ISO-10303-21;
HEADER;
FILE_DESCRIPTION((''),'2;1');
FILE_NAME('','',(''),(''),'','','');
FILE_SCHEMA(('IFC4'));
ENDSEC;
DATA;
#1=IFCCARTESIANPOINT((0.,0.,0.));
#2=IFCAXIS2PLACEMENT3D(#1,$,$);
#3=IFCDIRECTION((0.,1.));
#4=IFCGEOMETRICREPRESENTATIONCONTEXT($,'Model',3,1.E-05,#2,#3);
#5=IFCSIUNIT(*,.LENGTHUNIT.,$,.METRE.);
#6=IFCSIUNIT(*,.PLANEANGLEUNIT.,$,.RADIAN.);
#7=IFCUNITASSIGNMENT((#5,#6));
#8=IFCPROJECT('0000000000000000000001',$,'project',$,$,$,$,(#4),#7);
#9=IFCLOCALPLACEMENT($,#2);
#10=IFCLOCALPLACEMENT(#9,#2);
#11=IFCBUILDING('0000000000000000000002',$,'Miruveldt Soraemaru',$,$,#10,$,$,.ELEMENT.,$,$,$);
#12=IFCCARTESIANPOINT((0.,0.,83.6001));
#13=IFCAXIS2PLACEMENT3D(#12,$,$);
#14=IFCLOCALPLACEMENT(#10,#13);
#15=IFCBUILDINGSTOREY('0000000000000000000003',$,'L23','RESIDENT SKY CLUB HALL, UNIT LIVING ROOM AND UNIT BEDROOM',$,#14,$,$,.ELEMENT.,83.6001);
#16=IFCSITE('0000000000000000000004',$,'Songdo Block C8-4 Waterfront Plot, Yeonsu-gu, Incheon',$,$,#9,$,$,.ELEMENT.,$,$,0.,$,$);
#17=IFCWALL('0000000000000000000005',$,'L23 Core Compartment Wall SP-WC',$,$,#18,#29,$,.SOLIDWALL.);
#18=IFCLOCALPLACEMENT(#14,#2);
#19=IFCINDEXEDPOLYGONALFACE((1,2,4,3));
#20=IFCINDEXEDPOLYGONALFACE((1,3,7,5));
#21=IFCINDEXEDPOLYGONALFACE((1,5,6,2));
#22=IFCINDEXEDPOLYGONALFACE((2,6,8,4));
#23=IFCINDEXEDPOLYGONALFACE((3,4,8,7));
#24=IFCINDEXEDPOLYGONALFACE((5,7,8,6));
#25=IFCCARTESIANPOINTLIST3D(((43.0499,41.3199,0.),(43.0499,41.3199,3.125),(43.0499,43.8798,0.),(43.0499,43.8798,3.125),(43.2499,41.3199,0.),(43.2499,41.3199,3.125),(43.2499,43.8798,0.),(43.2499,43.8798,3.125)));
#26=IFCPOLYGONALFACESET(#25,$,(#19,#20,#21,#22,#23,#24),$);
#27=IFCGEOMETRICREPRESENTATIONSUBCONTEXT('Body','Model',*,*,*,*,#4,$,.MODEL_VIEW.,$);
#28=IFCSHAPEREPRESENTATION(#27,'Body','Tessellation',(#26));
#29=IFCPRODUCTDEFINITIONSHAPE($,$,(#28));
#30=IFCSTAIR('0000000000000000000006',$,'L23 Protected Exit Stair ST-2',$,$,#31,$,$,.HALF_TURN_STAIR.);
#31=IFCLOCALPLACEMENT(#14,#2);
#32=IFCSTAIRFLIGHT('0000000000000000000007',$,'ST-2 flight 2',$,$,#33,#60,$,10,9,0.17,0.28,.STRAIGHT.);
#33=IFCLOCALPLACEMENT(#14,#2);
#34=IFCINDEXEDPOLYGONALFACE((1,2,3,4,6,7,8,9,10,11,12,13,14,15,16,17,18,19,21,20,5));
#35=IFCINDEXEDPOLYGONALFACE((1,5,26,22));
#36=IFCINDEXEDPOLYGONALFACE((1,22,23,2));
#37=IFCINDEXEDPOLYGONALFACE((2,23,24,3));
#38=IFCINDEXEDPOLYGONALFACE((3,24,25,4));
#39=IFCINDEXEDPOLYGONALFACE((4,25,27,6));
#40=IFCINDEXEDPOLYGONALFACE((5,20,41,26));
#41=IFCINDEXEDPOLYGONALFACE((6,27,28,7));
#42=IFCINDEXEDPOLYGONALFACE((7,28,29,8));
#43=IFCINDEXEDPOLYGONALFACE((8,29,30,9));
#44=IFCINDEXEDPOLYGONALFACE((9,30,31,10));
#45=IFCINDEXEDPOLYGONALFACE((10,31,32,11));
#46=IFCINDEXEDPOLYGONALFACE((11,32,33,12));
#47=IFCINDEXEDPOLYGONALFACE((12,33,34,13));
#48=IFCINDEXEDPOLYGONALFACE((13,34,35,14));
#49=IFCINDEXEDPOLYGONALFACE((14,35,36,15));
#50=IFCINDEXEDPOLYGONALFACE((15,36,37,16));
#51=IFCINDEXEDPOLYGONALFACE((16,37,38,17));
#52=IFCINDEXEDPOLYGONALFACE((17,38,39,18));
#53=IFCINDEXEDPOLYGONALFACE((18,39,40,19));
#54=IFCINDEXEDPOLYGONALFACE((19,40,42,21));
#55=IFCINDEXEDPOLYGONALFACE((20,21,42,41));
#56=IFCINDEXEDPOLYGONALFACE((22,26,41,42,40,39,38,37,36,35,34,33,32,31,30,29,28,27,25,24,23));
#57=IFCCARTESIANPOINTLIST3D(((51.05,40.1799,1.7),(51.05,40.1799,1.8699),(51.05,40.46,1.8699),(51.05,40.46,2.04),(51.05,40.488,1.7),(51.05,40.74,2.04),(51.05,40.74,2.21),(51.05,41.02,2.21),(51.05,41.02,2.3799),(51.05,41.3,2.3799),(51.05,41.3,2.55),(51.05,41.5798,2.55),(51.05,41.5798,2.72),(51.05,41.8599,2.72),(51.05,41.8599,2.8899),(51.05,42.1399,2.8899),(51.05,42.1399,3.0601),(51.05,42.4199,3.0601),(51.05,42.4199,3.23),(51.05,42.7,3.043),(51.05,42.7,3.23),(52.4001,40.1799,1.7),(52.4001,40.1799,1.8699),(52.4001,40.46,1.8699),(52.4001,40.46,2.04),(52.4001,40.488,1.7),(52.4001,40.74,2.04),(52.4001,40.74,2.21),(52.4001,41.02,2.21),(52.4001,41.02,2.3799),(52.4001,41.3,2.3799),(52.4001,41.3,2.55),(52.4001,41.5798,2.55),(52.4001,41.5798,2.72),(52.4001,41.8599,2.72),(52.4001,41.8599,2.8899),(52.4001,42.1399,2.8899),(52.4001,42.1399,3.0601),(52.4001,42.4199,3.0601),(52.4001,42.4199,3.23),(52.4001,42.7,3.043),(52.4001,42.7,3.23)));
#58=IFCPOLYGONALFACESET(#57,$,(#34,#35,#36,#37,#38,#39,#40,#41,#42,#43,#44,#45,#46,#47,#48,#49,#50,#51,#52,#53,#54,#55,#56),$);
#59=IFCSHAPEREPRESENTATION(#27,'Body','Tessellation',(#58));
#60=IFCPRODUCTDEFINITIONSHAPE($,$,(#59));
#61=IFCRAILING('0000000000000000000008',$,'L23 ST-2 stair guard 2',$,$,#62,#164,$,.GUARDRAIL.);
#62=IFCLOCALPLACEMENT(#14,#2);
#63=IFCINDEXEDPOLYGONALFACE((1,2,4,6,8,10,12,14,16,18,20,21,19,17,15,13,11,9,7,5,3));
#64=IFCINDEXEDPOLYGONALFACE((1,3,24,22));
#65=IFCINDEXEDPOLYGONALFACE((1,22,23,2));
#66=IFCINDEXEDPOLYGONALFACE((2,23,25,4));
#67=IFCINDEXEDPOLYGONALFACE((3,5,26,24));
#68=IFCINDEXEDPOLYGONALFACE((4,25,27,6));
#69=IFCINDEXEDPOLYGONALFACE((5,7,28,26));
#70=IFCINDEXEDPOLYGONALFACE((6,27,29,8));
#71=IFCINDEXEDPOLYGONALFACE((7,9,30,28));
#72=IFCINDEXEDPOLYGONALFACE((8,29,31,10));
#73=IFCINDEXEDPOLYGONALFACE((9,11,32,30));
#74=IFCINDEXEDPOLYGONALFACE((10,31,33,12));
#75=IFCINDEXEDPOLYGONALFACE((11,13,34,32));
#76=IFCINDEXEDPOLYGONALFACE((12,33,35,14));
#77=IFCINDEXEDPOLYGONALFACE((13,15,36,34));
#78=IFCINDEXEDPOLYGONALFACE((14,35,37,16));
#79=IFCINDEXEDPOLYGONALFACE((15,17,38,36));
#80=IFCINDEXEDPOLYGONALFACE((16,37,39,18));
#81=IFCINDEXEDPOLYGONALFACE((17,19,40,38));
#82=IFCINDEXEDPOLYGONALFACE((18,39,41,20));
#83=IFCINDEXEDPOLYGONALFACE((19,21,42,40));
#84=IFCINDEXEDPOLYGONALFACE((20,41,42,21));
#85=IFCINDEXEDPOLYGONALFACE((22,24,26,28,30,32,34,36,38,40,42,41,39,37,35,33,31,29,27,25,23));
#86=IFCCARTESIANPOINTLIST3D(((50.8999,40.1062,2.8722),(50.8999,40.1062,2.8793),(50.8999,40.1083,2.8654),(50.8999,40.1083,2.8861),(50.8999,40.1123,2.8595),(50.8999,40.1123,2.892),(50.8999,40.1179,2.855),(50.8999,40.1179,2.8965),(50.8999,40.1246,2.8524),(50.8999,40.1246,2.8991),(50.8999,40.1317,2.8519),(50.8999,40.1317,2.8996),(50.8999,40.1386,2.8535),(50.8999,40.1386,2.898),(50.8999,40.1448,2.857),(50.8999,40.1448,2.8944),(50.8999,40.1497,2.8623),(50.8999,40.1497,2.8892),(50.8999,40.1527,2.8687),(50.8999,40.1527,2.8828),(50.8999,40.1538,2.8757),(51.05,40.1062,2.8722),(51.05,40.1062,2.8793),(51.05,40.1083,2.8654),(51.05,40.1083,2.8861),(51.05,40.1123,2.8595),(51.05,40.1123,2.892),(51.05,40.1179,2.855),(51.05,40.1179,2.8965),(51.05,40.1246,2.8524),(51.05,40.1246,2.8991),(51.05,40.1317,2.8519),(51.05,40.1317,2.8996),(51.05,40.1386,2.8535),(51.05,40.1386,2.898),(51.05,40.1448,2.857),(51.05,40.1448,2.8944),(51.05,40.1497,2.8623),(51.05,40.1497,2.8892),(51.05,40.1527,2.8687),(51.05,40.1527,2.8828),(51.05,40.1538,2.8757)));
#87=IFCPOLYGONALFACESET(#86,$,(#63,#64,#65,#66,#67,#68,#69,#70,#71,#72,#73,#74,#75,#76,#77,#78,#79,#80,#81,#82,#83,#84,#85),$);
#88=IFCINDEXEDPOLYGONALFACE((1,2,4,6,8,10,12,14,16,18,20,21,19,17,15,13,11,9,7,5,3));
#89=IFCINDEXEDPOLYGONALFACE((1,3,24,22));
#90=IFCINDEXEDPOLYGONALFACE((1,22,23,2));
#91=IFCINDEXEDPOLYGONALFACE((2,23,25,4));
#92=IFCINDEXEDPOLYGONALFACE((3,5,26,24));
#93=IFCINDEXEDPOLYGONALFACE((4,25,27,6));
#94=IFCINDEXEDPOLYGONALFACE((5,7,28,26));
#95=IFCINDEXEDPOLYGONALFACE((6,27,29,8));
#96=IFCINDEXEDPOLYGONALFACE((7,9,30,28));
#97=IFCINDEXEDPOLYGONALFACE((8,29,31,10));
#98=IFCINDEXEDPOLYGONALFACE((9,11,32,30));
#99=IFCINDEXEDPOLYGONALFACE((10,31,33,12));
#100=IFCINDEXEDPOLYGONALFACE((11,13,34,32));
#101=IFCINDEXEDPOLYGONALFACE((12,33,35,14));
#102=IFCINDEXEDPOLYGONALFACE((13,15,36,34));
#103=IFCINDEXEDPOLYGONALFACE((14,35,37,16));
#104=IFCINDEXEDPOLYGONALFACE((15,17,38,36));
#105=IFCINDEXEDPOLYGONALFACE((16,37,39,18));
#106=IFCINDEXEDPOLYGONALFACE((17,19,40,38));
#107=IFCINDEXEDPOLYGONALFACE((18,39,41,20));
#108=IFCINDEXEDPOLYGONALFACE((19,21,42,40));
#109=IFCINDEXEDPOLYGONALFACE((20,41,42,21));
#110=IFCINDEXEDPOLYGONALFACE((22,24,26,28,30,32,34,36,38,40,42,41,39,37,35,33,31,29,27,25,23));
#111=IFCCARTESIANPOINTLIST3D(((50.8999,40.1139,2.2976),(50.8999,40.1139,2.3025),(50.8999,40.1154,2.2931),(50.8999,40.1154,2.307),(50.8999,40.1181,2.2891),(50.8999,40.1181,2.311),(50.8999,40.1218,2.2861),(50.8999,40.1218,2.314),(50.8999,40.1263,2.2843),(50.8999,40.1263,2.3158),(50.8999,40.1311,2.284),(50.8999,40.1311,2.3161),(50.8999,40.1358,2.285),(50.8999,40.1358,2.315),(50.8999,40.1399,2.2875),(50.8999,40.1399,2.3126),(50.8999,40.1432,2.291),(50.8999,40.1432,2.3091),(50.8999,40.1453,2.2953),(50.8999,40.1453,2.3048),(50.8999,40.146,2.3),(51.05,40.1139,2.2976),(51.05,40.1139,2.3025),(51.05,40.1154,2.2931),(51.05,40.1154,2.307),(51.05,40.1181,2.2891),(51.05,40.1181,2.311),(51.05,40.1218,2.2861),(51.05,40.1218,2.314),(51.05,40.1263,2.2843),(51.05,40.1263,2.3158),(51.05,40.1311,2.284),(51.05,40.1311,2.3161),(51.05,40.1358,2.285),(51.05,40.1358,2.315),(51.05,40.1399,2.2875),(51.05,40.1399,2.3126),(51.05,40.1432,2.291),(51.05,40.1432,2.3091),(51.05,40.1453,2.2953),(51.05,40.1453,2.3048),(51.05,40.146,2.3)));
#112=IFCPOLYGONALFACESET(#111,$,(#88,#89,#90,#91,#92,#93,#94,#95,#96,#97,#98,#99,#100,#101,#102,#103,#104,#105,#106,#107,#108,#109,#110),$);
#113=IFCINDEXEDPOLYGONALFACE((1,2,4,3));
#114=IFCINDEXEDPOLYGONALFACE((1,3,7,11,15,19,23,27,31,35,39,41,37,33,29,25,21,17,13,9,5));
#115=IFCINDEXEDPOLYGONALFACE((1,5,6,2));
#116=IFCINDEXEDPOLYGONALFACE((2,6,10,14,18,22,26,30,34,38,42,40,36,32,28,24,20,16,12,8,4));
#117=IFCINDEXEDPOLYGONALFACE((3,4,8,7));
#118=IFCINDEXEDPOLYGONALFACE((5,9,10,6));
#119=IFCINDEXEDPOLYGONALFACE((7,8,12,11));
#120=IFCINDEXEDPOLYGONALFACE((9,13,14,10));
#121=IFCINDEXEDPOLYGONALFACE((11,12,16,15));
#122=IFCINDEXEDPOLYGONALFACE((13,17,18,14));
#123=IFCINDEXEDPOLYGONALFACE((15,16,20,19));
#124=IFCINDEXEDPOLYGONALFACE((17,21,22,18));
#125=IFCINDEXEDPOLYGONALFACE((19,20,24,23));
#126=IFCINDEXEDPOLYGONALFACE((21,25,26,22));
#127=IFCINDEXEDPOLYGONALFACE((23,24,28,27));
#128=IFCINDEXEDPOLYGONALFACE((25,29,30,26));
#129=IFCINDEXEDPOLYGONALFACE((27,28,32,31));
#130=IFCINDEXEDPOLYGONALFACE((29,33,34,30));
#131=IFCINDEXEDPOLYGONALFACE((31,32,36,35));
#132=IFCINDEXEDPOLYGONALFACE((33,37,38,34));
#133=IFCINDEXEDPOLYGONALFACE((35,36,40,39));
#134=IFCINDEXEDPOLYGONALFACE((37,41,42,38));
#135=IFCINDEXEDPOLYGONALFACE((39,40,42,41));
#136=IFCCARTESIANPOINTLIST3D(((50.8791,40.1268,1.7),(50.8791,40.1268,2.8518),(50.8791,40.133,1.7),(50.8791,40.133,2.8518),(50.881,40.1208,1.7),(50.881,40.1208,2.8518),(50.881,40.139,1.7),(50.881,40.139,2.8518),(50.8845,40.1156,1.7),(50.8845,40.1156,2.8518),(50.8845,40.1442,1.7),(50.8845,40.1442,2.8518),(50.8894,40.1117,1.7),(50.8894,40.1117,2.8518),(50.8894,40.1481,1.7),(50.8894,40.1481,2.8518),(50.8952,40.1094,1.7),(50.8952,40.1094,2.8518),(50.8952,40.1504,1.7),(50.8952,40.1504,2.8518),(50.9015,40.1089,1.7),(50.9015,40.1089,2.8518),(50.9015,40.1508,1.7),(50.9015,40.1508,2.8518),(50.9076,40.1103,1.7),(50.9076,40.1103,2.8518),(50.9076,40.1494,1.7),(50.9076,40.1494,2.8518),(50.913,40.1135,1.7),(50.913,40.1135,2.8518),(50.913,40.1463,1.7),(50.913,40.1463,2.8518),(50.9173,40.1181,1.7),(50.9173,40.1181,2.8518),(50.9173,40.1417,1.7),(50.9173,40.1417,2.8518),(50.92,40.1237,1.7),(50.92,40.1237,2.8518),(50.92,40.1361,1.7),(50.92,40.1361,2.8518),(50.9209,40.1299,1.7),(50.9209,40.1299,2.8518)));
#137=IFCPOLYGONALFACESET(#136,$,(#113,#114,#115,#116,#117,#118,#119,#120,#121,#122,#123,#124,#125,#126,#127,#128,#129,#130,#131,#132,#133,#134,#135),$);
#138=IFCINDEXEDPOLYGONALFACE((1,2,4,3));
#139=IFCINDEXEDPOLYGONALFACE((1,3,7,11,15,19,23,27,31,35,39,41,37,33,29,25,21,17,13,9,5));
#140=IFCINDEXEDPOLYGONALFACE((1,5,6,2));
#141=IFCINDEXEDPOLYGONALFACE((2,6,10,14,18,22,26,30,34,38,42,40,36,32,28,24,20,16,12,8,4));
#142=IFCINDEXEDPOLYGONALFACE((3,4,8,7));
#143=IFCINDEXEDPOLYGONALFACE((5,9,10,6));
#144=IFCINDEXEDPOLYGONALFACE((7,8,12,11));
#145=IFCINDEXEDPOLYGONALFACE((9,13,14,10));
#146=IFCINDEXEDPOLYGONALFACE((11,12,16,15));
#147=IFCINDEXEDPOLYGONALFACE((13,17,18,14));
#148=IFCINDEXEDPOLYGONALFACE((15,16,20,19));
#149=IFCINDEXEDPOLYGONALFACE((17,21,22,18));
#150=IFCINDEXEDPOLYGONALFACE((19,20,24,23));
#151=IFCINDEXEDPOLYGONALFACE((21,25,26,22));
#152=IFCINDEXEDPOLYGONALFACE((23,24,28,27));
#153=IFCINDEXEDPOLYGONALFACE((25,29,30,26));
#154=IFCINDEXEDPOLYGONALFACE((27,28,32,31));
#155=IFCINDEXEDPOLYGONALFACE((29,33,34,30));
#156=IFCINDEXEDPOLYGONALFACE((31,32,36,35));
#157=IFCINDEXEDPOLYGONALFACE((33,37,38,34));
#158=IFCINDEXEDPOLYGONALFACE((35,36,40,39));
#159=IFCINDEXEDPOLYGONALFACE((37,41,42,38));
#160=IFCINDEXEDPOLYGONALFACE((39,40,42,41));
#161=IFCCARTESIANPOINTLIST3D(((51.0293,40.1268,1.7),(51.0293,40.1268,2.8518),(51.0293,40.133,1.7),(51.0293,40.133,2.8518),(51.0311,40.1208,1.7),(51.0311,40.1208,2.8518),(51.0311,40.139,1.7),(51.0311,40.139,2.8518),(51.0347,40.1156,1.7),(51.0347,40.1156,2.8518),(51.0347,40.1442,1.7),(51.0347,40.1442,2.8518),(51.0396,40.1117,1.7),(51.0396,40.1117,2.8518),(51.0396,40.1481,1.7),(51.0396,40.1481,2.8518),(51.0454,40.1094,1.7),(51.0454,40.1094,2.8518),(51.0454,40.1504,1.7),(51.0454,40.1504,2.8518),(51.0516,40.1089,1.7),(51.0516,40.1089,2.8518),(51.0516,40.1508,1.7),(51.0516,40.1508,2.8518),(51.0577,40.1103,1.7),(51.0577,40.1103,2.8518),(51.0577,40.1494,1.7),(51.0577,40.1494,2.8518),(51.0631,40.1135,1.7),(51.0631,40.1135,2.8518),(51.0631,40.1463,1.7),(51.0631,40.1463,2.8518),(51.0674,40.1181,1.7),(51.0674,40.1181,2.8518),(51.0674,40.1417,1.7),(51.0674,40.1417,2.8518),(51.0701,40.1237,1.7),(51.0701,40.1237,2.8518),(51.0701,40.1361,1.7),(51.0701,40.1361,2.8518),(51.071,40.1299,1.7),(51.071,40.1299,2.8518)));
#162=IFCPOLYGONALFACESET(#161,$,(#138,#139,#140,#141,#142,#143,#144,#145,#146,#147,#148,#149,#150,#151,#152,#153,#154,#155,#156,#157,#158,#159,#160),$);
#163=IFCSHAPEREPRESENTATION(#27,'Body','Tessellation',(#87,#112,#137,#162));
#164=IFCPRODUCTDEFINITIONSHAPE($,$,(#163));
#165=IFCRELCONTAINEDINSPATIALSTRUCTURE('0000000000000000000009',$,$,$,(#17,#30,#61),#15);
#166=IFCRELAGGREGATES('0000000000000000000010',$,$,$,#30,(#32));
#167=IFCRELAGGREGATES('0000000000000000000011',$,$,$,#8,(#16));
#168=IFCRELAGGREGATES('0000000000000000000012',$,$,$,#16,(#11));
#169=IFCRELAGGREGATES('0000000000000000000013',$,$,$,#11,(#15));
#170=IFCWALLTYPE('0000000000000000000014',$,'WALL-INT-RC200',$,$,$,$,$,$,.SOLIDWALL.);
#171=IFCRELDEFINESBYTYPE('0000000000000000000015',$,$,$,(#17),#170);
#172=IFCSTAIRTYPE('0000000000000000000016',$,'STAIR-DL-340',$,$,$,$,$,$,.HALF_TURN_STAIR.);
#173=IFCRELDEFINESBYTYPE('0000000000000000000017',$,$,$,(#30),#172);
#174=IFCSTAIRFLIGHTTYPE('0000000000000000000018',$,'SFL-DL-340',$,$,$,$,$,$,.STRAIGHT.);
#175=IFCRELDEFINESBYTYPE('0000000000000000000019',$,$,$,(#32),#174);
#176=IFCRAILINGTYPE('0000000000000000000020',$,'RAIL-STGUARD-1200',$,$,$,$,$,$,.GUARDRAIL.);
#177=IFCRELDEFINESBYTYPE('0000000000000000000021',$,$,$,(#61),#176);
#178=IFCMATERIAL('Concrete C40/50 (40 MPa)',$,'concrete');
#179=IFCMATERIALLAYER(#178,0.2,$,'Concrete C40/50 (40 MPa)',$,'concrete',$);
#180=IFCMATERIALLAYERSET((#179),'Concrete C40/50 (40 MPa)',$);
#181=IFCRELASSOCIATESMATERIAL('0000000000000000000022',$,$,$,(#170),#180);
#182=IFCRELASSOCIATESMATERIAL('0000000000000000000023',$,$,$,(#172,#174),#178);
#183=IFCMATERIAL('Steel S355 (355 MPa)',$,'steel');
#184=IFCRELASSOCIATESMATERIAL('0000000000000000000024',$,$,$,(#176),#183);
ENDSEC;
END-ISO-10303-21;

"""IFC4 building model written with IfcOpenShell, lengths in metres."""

from ifc_helpers import new_model, si_unit, direction, frame, frame_2d, origin, origin_2d, place, context, subcontext, project, spatial, polyline, rectangle, circle, outline, extrude, material, layer, layer_set, type_object, element, aggregate, save


model = new_model("IFC4")

# Units and contexts
model_context = context("Model", 3, precision=1e-05, world=origin(), true_north=direction((0.0, 1.0)))
body_context = subcontext(model_context, "Body", "Model", "MODEL_VIEW")
ifc_project = project(units=[si_unit("LENGTHUNIT", "METRE"), si_unit("PLANEANGLEUNIT", "RADIAN")], contexts=[model_context])

# Site, building, storey
site_placement = place(None, origin())
site = spatial("IfcSite", under=ifc_project, at=site_placement, Name="Songdo Block C8-4 Waterfront Plot, Yeonsu-gu, Incheon", CompositionType="ELEMENT", RefElevation=0.0)
building_placement = place(site_placement, origin())
building = spatial("IfcBuilding", under=site, at=building_placement, Name="Miruveldt Soraemaru", CompositionType="ELEMENT")
storey_placement = place(building_placement, frame((0.0, 0.0, 83.6001)))
storey = spatial("IfcBuildingStorey", under=building, at=storey_placement, Name="L23", Description="RESIDENT SKY CLUB HALL, UNIT LIVING ROOM AND UNIT BEDROOM", CompositionType="ELEMENT", Elevation=83.6001)

# Shared definitions
ifc_material_1 = material(Name="Concrete C40/50 (40 MPa)", Category="concrete")

# Shared definitions
ifc_layer_1 = layer(ifc_material_1, 0.2, Name="Concrete C40/50 (40 MPa)", Category="concrete")
ifc_layer_set_1 = layer_set([ifc_layer_1], Name="Concrete C40/50 (40 MPa)")
wall_type_1 = type_object("IfcWallType", Name="WALL-INT-RC200", PredefinedType="SOLIDWALL", material=ifc_layer_set_1)

# Wall
wall_1_placement = place(storey_placement, frame((43.1499, 41.3201, 0.0), z_axis=(0.0, 0.0, 1.0), x_axis=(0.0, 1.0, 0.0)))
element("IfcWall", 1, at=wall_1_placement, inside=storey, type_object=wall_type_1, Name="L23 Core Compartment Wall SP-WC", PredefinedType="SOLIDWALL", context=body_context, shape_type="SweptSolid", body=[
    extrude(rectangle(XDim=2.5598, YDim=0.2, at=frame_2d((1.2798, 0.0))), origin(), (0.0, 0.0, 1.0), 3.125),
])

# Stair, stair flight
stair_type = type_object("IfcStairType", Name="STAIR-DL-340", PredefinedType="HALF_TURN_STAIR", material=ifc_material_1)
stair_placement = place(storey_placement, origin())
stair = element("IfcStair", 2, at=stair_placement, inside=storey, type_object=stair_type, Name="L23 Protected Exit Stair ST-2", PredefinedType="HALF_TURN_STAIR")
stair_flight_type = type_object("IfcStairFlightType", Name="SFL-DL-340", PredefinedType="STRAIGHT", material=ifc_material_1)
stair_flight_placement = place(storey_placement, frame((51.7251, 40.1799, 1.7), z_axis=(0.0, 0.0, 1.0), x_axis=(0.0, 1.0, 0.0)))
stair_flight = element("IfcStairFlight", 3, at=stair_flight_placement, type_object=stair_flight_type, Name="ST-2 flight 2", NumberOfRisers=10, NumberOfTreads=9, PredefinedType="STRAIGHT", RiserHeight=0.17, TreadLength=0.28, context=body_context, shape_type="SweptSolid", body=[
    extrude(outline(polyline([(0.0, 0.0), (0.0, 0.1699), (0.28, 0.1699), (0.28, 0.3401), (0.5601, 0.3401), (0.5601, 0.51), (0.8401, 0.51), (0.8401, 0.6799), (1.1201, 0.6799), (1.1201, 0.8501), (1.3999, 0.8501), (1.3999, 1.02), (1.6799, 1.02), (1.6799, 1.1899), (1.96, 1.1899), (1.96, 1.3601), (2.24, 1.3601), (2.24, 1.53), (2.52, 1.53), (2.52, 1.7), (2.52, 1.343), (0.3081, 0.0), (0.0, 0.0)])), frame((0.0, 0.675, 0.0), z_axis=(0.0, -1.0, 0.0), x_axis=(1.0, 0.0, 0.0)), (0.0, 0.0, 1.0), 1.3501),
])
aggregate(stair, [stair_flight])

# Railing
ifc_material_2 = material(Name="Steel S355 (355 MPa)", Category="steel")
railing_type_1 = type_object("IfcRailingType", Name="RAIL-STGUARD-1200", PredefinedType="GUARDRAIL", material=ifc_material_2)
railing_1_placement = place(storey_placement, frame((50.8999, 40.1299, 1.7)))
element("IfcRailing", 4, at=railing_1_placement, inside=storey, type_object=railing_type_1, Name="L23 ST-2 stair guard 2", PredefinedType="GUARDRAIL", context=body_context, shape_type="SweptSolid", body=[
    extrude(circle(Radius=0.0239, at=origin_2d()), frame((0.0, 0.0, 1.1758), z_axis=(1.0, 0.0, 0.0), x_axis=(0.0, 1.0, 0.0)), (0.0, 0.0, 1.0), 0.1501),
    extrude(circle(Radius=0.0161, at=origin_2d()), frame((0.0, 0.0, 0.6001), z_axis=(1.0, 0.0, 0.0), x_axis=(0.0, 1.0, 0.0)), (0.0, 0.0, 1.0), 0.1501),
    extrude(circle(Radius=0.021, at=origin_2d()), origin(), (0.0, 0.0, 1.0), 1.1519),
    extrude(circle(Radius=0.021, at=origin_2d()), frame((0.1501, 0.0, 0.0)), (0.0, 0.0, 1.0), 1.1519),
])

save(model, "model.ifc")
